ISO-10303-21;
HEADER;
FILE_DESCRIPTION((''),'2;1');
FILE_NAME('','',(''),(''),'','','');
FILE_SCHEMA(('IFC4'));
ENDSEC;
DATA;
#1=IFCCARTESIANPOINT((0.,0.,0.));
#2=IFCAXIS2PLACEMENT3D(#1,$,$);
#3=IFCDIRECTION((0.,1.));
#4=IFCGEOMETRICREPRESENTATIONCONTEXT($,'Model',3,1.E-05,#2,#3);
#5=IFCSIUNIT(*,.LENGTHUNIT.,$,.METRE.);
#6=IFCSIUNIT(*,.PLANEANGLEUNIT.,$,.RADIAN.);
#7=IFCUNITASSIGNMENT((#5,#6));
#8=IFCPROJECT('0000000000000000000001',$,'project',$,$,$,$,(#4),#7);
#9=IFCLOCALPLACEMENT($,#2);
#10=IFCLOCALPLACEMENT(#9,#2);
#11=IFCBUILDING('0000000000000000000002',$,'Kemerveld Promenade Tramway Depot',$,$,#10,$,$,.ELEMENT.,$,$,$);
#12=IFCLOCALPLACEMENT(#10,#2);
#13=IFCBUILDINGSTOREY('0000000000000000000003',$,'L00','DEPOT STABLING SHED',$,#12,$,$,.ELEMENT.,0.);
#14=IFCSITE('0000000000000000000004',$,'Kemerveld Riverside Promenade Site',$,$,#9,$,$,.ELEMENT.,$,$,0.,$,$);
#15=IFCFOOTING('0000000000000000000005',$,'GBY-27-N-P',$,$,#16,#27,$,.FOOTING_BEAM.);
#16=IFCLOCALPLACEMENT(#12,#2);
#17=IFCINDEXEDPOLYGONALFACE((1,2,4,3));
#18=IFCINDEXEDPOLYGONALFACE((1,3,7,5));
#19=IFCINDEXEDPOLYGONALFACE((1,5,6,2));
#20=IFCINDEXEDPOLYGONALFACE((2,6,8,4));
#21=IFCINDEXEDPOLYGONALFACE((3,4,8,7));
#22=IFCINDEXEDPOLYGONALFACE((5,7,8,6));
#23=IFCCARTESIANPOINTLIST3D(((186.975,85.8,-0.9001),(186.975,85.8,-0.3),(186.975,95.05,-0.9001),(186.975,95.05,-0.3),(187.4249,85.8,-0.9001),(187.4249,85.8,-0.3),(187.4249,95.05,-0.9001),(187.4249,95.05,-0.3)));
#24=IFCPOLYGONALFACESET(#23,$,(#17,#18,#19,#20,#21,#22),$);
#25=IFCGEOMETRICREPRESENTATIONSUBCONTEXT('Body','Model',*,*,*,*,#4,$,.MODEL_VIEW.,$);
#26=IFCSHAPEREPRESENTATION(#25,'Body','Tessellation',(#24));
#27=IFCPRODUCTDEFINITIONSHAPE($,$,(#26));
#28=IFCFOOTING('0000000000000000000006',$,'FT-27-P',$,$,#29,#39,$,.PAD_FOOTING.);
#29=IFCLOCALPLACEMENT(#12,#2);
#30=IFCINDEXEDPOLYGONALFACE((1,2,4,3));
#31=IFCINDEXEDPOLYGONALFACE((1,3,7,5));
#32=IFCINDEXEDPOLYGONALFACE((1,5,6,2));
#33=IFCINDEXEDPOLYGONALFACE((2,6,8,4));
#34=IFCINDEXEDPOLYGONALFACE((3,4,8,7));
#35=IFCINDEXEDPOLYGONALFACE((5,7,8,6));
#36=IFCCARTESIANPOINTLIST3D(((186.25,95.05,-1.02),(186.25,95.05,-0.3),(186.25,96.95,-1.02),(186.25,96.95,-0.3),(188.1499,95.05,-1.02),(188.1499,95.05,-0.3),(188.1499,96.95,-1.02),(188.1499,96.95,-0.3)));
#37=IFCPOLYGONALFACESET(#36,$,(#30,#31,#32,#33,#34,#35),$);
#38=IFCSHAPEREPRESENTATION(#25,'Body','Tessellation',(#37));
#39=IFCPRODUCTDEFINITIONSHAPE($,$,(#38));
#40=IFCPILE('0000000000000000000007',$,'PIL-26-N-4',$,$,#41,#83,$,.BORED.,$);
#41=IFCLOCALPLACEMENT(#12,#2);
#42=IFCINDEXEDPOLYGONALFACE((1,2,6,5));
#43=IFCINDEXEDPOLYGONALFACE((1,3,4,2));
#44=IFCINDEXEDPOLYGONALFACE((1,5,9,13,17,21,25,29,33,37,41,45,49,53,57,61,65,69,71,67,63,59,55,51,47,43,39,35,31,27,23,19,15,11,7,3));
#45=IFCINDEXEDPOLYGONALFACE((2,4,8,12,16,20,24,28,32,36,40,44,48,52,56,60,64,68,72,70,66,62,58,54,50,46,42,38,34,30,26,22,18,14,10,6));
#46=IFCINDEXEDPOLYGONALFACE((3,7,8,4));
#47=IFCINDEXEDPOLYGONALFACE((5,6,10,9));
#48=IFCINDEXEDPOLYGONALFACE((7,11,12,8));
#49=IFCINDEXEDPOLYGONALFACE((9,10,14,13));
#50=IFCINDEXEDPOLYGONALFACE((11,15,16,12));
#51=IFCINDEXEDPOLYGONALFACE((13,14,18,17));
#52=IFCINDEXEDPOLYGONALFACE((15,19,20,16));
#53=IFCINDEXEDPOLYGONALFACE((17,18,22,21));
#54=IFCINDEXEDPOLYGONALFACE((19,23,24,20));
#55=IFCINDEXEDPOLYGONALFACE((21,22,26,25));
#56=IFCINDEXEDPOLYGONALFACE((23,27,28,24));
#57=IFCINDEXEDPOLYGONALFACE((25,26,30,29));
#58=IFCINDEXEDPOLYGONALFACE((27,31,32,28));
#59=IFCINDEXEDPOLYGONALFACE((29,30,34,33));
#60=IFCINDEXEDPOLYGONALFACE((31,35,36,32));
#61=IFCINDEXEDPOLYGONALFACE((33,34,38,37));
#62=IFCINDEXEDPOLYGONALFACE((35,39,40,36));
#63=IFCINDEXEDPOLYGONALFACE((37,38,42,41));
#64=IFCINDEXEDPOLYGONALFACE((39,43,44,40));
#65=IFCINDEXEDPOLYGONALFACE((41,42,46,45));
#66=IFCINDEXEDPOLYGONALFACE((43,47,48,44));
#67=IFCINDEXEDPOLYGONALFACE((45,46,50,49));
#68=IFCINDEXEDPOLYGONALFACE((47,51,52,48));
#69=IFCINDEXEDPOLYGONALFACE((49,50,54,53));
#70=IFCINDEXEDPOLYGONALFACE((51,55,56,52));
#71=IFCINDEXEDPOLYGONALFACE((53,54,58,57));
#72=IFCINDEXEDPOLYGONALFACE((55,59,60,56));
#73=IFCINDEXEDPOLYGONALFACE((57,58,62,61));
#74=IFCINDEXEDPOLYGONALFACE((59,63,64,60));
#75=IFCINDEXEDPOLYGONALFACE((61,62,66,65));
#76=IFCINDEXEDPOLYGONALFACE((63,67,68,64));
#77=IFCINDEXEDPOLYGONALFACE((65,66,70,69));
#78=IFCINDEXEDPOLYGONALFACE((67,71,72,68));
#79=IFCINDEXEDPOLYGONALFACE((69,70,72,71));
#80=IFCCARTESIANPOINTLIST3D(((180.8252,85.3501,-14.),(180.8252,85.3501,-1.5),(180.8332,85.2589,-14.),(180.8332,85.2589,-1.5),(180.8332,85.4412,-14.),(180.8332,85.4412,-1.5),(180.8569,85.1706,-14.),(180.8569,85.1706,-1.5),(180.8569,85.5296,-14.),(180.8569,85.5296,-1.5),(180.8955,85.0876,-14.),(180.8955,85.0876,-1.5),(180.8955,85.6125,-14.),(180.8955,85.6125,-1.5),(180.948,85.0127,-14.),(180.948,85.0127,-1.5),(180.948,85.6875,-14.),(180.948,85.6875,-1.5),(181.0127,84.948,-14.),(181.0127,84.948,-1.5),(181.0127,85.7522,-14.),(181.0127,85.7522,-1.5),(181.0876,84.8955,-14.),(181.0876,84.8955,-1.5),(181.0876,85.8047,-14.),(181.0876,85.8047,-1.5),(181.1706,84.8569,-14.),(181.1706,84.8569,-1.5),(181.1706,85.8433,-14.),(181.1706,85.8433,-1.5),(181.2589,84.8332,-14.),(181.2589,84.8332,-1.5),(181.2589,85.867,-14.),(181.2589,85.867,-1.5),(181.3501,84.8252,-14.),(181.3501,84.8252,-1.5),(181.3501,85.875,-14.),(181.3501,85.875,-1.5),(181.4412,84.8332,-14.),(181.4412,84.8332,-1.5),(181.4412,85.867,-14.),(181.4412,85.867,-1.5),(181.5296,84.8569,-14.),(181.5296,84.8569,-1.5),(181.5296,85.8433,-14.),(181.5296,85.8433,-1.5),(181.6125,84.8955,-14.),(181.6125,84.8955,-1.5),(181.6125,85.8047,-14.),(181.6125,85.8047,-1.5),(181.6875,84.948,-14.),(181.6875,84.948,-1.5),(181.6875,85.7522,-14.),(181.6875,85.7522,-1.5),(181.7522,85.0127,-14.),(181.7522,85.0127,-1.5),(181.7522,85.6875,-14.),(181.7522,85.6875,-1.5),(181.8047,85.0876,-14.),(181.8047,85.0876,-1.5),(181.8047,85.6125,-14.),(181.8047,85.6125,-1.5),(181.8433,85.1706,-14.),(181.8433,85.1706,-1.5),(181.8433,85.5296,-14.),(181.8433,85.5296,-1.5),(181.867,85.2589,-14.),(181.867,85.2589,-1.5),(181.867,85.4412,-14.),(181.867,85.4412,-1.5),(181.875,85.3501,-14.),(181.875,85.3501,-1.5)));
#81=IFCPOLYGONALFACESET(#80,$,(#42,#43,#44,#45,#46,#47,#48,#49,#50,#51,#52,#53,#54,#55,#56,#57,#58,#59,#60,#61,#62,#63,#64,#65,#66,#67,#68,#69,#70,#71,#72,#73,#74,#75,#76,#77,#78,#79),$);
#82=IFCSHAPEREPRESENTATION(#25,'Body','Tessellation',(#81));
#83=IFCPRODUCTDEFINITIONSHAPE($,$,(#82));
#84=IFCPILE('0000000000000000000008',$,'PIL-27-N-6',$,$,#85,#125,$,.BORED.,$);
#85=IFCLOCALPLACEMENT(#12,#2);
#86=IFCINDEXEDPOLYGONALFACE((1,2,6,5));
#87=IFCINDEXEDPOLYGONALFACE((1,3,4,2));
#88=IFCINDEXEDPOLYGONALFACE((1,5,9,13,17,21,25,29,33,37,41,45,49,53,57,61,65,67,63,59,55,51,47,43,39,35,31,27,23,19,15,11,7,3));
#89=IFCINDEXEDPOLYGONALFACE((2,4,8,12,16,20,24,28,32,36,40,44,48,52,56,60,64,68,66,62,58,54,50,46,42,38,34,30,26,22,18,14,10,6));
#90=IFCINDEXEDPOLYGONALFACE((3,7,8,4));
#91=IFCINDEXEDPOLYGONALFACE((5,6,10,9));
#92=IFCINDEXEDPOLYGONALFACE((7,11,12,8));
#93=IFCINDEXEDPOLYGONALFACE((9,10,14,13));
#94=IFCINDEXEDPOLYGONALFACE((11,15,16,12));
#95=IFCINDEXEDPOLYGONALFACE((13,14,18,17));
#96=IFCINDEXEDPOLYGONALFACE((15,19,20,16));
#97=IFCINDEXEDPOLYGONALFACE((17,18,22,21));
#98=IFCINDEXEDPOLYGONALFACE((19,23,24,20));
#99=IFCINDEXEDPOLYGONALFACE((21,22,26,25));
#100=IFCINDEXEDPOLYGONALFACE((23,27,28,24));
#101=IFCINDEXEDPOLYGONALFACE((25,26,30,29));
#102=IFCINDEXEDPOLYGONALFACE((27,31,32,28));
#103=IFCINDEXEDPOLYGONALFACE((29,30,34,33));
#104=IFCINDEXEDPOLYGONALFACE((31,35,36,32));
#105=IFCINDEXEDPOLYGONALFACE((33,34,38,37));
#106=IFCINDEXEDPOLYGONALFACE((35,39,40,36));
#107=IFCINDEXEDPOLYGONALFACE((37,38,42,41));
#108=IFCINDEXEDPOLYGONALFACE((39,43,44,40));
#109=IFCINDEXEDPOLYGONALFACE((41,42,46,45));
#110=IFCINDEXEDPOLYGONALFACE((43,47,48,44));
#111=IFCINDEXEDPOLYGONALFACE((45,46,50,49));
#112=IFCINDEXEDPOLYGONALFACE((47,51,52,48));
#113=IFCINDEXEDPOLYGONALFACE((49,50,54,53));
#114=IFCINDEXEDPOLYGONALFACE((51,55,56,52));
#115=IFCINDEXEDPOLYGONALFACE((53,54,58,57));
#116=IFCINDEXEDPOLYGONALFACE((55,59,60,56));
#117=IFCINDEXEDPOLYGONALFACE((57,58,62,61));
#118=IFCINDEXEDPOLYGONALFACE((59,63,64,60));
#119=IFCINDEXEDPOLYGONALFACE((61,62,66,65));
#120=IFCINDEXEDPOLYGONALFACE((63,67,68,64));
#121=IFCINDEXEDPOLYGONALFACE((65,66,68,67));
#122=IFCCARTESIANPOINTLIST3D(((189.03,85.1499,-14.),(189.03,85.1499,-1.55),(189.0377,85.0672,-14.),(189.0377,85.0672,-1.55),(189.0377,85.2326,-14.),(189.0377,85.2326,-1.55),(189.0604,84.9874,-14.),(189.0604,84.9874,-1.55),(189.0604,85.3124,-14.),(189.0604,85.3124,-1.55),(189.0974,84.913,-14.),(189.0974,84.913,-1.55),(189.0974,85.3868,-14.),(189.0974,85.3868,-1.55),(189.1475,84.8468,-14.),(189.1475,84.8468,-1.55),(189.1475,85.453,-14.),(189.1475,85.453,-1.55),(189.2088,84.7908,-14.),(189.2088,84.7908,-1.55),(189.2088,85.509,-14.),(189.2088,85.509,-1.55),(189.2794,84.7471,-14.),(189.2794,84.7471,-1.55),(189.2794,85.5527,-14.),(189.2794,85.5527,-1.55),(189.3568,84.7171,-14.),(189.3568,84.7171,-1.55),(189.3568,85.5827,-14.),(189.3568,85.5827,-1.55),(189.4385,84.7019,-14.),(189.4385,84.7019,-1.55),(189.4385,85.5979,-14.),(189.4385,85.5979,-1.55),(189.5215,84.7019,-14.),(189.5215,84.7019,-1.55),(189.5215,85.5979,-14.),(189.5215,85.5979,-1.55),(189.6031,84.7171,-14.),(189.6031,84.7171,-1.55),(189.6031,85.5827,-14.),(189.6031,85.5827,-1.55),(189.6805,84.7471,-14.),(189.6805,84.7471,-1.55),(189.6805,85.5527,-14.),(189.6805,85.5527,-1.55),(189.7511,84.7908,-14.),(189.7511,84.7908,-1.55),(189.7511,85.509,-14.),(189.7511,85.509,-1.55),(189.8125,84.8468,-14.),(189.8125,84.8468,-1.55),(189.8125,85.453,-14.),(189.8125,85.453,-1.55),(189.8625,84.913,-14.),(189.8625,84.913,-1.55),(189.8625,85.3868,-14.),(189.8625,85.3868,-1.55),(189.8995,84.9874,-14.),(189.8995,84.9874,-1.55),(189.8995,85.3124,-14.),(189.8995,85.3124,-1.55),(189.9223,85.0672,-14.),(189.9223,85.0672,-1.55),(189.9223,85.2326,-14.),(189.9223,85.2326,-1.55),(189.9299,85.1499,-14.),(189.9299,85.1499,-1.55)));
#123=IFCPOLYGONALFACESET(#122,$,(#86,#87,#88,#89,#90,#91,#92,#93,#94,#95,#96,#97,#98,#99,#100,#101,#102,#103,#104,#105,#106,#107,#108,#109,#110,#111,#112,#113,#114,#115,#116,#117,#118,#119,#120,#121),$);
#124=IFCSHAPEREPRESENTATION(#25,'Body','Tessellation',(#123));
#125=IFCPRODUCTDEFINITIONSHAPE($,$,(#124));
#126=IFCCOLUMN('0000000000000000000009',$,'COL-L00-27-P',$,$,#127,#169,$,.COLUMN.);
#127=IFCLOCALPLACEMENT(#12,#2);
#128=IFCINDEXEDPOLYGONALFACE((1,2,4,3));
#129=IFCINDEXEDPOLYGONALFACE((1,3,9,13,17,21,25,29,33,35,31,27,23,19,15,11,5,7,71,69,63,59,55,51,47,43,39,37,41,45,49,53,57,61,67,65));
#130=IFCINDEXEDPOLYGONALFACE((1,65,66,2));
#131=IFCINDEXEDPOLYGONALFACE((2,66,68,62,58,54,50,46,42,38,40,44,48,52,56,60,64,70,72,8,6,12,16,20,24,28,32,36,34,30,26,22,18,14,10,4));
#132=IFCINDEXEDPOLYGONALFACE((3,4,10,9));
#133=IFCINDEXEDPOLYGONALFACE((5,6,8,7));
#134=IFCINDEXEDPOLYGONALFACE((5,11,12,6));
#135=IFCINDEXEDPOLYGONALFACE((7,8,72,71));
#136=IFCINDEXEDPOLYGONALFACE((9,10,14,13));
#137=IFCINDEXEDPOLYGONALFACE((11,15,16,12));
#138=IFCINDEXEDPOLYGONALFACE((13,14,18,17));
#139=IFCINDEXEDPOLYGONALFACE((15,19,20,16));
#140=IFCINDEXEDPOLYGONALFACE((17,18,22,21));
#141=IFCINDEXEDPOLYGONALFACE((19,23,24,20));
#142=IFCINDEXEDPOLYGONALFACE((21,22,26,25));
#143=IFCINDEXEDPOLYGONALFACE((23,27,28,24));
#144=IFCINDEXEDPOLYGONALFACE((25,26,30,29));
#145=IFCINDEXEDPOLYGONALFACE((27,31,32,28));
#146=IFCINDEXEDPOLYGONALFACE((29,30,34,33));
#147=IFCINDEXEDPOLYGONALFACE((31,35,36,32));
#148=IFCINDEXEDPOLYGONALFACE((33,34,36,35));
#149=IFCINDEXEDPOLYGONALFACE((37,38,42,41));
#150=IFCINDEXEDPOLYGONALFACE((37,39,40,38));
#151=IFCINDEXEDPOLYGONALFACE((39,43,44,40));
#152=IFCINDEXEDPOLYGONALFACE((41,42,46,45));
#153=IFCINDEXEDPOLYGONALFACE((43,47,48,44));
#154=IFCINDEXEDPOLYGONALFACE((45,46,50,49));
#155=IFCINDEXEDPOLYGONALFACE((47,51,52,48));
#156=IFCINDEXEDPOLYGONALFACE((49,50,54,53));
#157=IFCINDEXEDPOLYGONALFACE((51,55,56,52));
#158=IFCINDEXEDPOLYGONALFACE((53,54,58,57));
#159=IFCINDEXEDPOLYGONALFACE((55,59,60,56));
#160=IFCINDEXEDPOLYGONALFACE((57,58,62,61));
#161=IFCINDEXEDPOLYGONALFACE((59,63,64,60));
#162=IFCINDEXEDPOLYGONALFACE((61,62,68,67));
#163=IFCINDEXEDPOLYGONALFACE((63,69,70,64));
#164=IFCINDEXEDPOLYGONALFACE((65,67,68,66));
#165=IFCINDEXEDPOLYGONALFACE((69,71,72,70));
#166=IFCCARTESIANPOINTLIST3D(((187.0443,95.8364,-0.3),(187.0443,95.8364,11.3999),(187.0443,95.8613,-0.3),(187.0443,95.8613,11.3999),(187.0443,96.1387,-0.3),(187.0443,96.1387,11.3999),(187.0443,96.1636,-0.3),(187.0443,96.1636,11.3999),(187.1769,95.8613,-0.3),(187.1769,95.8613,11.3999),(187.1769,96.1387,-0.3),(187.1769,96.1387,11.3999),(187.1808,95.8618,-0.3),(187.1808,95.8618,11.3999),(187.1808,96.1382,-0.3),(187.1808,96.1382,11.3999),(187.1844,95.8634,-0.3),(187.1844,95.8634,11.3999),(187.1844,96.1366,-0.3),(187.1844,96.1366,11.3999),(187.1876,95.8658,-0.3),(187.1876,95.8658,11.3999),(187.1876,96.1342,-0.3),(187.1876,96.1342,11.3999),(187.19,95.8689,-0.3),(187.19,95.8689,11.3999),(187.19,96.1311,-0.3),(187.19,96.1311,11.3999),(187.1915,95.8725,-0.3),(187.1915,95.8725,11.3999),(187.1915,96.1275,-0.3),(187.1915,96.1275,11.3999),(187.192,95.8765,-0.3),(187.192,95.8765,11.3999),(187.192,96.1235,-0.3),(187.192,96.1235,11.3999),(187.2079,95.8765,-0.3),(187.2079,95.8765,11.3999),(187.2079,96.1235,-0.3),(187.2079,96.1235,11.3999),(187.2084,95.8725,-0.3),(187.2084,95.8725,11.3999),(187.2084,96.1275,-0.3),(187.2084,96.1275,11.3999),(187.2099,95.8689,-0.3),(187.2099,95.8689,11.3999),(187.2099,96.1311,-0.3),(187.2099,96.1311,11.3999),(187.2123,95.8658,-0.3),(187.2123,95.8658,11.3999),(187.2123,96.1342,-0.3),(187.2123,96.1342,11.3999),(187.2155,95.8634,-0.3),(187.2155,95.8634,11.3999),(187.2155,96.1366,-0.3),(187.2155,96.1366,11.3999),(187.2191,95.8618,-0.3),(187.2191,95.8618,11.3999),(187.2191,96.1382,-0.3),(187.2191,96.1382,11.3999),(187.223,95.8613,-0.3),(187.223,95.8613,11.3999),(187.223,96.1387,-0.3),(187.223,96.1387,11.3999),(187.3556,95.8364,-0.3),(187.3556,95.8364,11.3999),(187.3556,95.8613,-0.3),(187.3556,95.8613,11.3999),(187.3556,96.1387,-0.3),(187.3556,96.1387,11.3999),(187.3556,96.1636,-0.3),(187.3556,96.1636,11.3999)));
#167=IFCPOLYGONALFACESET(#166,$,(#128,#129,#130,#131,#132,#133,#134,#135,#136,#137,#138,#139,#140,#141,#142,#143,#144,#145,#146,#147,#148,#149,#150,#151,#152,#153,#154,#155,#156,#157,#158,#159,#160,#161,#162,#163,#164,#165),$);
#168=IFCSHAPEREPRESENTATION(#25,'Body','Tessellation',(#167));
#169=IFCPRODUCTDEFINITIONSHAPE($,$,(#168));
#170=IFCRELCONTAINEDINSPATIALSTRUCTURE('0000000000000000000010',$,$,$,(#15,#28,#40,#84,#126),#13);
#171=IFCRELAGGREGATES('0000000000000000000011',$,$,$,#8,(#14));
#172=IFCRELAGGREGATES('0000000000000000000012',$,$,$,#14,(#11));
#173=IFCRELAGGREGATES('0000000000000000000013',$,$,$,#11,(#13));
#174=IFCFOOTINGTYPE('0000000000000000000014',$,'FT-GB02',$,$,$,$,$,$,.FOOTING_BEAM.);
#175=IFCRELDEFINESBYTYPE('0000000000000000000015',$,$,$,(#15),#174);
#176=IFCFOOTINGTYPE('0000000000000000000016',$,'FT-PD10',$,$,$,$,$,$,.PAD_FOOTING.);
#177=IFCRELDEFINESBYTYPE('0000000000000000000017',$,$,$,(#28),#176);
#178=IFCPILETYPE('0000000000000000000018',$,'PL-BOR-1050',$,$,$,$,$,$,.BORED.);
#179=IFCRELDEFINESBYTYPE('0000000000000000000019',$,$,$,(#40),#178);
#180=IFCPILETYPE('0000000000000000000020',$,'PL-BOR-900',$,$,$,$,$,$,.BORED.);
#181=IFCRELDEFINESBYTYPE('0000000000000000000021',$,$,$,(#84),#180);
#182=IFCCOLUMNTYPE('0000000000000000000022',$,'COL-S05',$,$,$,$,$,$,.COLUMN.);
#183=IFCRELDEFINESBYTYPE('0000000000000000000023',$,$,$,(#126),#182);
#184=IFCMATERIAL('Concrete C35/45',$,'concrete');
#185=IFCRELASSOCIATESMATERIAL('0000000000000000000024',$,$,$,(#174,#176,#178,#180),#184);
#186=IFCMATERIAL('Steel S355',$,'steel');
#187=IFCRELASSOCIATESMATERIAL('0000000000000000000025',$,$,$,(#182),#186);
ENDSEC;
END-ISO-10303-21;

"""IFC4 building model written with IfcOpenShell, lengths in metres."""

from ifc_helpers import new_model, si_unit, direction, frame, origin, origin_2d, place, context, subcontext, project, spatial, rectangle, circle, i_section, extrude, material, material_profile, profile_set, type_object, element, save


model = new_model("IFC4")

# Units and contexts
model_context = context("Model", 3, precision=1e-05, world=origin(), true_north=direction((0.0, 1.0)))
body_context = subcontext(model_context, "Body", "Model", "MODEL_VIEW")
ifc_project = project(units=[si_unit("LENGTHUNIT", "METRE"), si_unit("PLANEANGLEUNIT", "RADIAN")], contexts=[model_context])

# Site, building, storey
site_placement = place(None, origin())
site = spatial("IfcSite", under=ifc_project, at=site_placement, Name="Kemerveld Riverside Promenade Site", CompositionType="ELEMENT", RefElevation=0.0)
building_placement = place(site_placement, origin())
building = spatial("IfcBuilding", under=site, at=building_placement, Name="Kemerveld Promenade Tramway Depot", CompositionType="ELEMENT")
storey_placement = place(building_placement, origin())
storey = spatial("IfcBuildingStorey", under=building, at=storey_placement, Name="L00", Description="DEPOT STABLING SHED", CompositionType="ELEMENT", Elevation=0.0)

# Footings
ifc_material_1 = material(Name="Concrete C35/45", Category="concrete")
footing_type_1 = type_object("IfcFootingType", Name="FT-GB02", PredefinedType="FOOTING_BEAM", material=ifc_material_1)
footing_1_placement = place(storey_placement, frame((187.2, 90.425, -0.9001), z_axis=(0.0, 0.0, 1.0), x_axis=(0.0, 1.0, 0.0)))
element("IfcFooting", 1, at=footing_1_placement, inside=storey, type_object=footing_type_1, Name="GBY-27-N-P", PredefinedType="FOOTING_BEAM", context=body_context, shape_type="SweptSolid", body=[
    extrude(rectangle(XDim=9.25, YDim=0.45, at=origin_2d()), origin(), (0.0, 0.0, 1.0), 0.6001),
])
footing_type_2 = type_object("IfcFootingType", Name="FT-PD10", PredefinedType="PAD_FOOTING", material=ifc_material_1)
footing_2_placement = place(storey_placement, frame((187.2, 96.0, -1.02), z_axis=(0.0, 0.0, 1.0), x_axis=(1.0, 0.0, 0.0)))
element("IfcFooting", 2, at=footing_2_placement, inside=storey, type_object=footing_type_2, Name="FT-27-P", PredefinedType="PAD_FOOTING", context=body_context, shape_type="SweptSolid", body=[
    extrude(rectangle(XDim=1.8999, YDim=1.8999, at=origin_2d()), origin(), (0.0, 0.0, 1.0), 0.72),
])

# Piles
ifc_material_profile_1 = material_profile(ifc_material_1, circle(Radius=0.5249, at=origin_2d()), Name="PILE-D1050")
ifc_profile_set_1 = profile_set([ifc_material_profile_1], Name="Concrete C35/45")
pile_type_1 = type_object("IfcPileType", Name="PL-BOR-1050", PredefinedType="BORED", material=ifc_profile_set_1)
pile_1_placement = place(storey_placement, frame((181.3501, 85.3501, -1.5), z_axis=(0.0, 0.0, -1.0), x_axis=(1.0, 0.0, 0.0)))
element("IfcPile", 3, at=pile_1_placement, inside=storey, type_object=pile_type_1, Name="PIL-26-N-4", PredefinedType="BORED", context=body_context, shape_type="SweptSolid", body=[
    extrude(circle(Radius=0.5249, at=origin_2d()), origin(), (0.0, 0.0, 1.0), 12.5),
])
ifc_material_profile_2 = material_profile(ifc_material_1, circle(Radius=0.45, at=origin_2d()), Name="PILE-D900")
ifc_profile_set_2 = profile_set([ifc_material_profile_2], Name="Concrete C35/45")
pile_type_2 = type_object("IfcPileType", Name="PL-BOR-900", PredefinedType="BORED", material=ifc_profile_set_2)
pile_2_placement = place(storey_placement, frame((189.48, 85.1499, -1.55), z_axis=(0.0, 0.0, -1.0), x_axis=(1.0, 0.0, 0.0)))
element("IfcPile", 4, at=pile_2_placement, inside=storey, type_object=pile_type_2, Name="PIL-27-N-6", PredefinedType="BORED", context=body_context, shape_type="SweptSolid", body=[
    extrude(circle(Radius=0.45, at=origin_2d()), origin(), (0.0, 0.0, 1.0), 12.45),
])

# Column
ifc_material_2 = material(Name="Steel S355", Category="steel")
ifc_material_profile_3 = material_profile(ifc_material_2, i_section(OverallWidth=0.3113, OverallDepth=0.3271, WebThickness=0.0159, FlangeThickness=0.0249, FilletRadius=0.0151, at=origin_2d()), Name="305x305x158 UC")
ifc_profile_set_3 = profile_set([ifc_material_profile_3], Name="Steel S355")
column_type = type_object("IfcColumnType", Name="COL-S05", PredefinedType="COLUMN", material=ifc_profile_set_3)
column_placement = place(storey_placement, frame((187.2, 96.0, -0.3), z_axis=(0.0, 0.0, 1.0), x_axis=(1.0, 0.0, 0.0)))
element("IfcColumn", 5, at=column_placement, inside=storey, type_object=column_type, Name="COL-L00-27-P", PredefinedType="COLUMN", context=body_context, shape_type="SweptSolid", body=[
    extrude(i_section(OverallWidth=0.3113, OverallDepth=0.3271, WebThickness=0.0159, FlangeThickness=0.0249, FilletRadius=0.0151, at=origin_2d()), origin(), (0.0, 0.0, 1.0), 11.7),
])

save(model, "model.ifc")
